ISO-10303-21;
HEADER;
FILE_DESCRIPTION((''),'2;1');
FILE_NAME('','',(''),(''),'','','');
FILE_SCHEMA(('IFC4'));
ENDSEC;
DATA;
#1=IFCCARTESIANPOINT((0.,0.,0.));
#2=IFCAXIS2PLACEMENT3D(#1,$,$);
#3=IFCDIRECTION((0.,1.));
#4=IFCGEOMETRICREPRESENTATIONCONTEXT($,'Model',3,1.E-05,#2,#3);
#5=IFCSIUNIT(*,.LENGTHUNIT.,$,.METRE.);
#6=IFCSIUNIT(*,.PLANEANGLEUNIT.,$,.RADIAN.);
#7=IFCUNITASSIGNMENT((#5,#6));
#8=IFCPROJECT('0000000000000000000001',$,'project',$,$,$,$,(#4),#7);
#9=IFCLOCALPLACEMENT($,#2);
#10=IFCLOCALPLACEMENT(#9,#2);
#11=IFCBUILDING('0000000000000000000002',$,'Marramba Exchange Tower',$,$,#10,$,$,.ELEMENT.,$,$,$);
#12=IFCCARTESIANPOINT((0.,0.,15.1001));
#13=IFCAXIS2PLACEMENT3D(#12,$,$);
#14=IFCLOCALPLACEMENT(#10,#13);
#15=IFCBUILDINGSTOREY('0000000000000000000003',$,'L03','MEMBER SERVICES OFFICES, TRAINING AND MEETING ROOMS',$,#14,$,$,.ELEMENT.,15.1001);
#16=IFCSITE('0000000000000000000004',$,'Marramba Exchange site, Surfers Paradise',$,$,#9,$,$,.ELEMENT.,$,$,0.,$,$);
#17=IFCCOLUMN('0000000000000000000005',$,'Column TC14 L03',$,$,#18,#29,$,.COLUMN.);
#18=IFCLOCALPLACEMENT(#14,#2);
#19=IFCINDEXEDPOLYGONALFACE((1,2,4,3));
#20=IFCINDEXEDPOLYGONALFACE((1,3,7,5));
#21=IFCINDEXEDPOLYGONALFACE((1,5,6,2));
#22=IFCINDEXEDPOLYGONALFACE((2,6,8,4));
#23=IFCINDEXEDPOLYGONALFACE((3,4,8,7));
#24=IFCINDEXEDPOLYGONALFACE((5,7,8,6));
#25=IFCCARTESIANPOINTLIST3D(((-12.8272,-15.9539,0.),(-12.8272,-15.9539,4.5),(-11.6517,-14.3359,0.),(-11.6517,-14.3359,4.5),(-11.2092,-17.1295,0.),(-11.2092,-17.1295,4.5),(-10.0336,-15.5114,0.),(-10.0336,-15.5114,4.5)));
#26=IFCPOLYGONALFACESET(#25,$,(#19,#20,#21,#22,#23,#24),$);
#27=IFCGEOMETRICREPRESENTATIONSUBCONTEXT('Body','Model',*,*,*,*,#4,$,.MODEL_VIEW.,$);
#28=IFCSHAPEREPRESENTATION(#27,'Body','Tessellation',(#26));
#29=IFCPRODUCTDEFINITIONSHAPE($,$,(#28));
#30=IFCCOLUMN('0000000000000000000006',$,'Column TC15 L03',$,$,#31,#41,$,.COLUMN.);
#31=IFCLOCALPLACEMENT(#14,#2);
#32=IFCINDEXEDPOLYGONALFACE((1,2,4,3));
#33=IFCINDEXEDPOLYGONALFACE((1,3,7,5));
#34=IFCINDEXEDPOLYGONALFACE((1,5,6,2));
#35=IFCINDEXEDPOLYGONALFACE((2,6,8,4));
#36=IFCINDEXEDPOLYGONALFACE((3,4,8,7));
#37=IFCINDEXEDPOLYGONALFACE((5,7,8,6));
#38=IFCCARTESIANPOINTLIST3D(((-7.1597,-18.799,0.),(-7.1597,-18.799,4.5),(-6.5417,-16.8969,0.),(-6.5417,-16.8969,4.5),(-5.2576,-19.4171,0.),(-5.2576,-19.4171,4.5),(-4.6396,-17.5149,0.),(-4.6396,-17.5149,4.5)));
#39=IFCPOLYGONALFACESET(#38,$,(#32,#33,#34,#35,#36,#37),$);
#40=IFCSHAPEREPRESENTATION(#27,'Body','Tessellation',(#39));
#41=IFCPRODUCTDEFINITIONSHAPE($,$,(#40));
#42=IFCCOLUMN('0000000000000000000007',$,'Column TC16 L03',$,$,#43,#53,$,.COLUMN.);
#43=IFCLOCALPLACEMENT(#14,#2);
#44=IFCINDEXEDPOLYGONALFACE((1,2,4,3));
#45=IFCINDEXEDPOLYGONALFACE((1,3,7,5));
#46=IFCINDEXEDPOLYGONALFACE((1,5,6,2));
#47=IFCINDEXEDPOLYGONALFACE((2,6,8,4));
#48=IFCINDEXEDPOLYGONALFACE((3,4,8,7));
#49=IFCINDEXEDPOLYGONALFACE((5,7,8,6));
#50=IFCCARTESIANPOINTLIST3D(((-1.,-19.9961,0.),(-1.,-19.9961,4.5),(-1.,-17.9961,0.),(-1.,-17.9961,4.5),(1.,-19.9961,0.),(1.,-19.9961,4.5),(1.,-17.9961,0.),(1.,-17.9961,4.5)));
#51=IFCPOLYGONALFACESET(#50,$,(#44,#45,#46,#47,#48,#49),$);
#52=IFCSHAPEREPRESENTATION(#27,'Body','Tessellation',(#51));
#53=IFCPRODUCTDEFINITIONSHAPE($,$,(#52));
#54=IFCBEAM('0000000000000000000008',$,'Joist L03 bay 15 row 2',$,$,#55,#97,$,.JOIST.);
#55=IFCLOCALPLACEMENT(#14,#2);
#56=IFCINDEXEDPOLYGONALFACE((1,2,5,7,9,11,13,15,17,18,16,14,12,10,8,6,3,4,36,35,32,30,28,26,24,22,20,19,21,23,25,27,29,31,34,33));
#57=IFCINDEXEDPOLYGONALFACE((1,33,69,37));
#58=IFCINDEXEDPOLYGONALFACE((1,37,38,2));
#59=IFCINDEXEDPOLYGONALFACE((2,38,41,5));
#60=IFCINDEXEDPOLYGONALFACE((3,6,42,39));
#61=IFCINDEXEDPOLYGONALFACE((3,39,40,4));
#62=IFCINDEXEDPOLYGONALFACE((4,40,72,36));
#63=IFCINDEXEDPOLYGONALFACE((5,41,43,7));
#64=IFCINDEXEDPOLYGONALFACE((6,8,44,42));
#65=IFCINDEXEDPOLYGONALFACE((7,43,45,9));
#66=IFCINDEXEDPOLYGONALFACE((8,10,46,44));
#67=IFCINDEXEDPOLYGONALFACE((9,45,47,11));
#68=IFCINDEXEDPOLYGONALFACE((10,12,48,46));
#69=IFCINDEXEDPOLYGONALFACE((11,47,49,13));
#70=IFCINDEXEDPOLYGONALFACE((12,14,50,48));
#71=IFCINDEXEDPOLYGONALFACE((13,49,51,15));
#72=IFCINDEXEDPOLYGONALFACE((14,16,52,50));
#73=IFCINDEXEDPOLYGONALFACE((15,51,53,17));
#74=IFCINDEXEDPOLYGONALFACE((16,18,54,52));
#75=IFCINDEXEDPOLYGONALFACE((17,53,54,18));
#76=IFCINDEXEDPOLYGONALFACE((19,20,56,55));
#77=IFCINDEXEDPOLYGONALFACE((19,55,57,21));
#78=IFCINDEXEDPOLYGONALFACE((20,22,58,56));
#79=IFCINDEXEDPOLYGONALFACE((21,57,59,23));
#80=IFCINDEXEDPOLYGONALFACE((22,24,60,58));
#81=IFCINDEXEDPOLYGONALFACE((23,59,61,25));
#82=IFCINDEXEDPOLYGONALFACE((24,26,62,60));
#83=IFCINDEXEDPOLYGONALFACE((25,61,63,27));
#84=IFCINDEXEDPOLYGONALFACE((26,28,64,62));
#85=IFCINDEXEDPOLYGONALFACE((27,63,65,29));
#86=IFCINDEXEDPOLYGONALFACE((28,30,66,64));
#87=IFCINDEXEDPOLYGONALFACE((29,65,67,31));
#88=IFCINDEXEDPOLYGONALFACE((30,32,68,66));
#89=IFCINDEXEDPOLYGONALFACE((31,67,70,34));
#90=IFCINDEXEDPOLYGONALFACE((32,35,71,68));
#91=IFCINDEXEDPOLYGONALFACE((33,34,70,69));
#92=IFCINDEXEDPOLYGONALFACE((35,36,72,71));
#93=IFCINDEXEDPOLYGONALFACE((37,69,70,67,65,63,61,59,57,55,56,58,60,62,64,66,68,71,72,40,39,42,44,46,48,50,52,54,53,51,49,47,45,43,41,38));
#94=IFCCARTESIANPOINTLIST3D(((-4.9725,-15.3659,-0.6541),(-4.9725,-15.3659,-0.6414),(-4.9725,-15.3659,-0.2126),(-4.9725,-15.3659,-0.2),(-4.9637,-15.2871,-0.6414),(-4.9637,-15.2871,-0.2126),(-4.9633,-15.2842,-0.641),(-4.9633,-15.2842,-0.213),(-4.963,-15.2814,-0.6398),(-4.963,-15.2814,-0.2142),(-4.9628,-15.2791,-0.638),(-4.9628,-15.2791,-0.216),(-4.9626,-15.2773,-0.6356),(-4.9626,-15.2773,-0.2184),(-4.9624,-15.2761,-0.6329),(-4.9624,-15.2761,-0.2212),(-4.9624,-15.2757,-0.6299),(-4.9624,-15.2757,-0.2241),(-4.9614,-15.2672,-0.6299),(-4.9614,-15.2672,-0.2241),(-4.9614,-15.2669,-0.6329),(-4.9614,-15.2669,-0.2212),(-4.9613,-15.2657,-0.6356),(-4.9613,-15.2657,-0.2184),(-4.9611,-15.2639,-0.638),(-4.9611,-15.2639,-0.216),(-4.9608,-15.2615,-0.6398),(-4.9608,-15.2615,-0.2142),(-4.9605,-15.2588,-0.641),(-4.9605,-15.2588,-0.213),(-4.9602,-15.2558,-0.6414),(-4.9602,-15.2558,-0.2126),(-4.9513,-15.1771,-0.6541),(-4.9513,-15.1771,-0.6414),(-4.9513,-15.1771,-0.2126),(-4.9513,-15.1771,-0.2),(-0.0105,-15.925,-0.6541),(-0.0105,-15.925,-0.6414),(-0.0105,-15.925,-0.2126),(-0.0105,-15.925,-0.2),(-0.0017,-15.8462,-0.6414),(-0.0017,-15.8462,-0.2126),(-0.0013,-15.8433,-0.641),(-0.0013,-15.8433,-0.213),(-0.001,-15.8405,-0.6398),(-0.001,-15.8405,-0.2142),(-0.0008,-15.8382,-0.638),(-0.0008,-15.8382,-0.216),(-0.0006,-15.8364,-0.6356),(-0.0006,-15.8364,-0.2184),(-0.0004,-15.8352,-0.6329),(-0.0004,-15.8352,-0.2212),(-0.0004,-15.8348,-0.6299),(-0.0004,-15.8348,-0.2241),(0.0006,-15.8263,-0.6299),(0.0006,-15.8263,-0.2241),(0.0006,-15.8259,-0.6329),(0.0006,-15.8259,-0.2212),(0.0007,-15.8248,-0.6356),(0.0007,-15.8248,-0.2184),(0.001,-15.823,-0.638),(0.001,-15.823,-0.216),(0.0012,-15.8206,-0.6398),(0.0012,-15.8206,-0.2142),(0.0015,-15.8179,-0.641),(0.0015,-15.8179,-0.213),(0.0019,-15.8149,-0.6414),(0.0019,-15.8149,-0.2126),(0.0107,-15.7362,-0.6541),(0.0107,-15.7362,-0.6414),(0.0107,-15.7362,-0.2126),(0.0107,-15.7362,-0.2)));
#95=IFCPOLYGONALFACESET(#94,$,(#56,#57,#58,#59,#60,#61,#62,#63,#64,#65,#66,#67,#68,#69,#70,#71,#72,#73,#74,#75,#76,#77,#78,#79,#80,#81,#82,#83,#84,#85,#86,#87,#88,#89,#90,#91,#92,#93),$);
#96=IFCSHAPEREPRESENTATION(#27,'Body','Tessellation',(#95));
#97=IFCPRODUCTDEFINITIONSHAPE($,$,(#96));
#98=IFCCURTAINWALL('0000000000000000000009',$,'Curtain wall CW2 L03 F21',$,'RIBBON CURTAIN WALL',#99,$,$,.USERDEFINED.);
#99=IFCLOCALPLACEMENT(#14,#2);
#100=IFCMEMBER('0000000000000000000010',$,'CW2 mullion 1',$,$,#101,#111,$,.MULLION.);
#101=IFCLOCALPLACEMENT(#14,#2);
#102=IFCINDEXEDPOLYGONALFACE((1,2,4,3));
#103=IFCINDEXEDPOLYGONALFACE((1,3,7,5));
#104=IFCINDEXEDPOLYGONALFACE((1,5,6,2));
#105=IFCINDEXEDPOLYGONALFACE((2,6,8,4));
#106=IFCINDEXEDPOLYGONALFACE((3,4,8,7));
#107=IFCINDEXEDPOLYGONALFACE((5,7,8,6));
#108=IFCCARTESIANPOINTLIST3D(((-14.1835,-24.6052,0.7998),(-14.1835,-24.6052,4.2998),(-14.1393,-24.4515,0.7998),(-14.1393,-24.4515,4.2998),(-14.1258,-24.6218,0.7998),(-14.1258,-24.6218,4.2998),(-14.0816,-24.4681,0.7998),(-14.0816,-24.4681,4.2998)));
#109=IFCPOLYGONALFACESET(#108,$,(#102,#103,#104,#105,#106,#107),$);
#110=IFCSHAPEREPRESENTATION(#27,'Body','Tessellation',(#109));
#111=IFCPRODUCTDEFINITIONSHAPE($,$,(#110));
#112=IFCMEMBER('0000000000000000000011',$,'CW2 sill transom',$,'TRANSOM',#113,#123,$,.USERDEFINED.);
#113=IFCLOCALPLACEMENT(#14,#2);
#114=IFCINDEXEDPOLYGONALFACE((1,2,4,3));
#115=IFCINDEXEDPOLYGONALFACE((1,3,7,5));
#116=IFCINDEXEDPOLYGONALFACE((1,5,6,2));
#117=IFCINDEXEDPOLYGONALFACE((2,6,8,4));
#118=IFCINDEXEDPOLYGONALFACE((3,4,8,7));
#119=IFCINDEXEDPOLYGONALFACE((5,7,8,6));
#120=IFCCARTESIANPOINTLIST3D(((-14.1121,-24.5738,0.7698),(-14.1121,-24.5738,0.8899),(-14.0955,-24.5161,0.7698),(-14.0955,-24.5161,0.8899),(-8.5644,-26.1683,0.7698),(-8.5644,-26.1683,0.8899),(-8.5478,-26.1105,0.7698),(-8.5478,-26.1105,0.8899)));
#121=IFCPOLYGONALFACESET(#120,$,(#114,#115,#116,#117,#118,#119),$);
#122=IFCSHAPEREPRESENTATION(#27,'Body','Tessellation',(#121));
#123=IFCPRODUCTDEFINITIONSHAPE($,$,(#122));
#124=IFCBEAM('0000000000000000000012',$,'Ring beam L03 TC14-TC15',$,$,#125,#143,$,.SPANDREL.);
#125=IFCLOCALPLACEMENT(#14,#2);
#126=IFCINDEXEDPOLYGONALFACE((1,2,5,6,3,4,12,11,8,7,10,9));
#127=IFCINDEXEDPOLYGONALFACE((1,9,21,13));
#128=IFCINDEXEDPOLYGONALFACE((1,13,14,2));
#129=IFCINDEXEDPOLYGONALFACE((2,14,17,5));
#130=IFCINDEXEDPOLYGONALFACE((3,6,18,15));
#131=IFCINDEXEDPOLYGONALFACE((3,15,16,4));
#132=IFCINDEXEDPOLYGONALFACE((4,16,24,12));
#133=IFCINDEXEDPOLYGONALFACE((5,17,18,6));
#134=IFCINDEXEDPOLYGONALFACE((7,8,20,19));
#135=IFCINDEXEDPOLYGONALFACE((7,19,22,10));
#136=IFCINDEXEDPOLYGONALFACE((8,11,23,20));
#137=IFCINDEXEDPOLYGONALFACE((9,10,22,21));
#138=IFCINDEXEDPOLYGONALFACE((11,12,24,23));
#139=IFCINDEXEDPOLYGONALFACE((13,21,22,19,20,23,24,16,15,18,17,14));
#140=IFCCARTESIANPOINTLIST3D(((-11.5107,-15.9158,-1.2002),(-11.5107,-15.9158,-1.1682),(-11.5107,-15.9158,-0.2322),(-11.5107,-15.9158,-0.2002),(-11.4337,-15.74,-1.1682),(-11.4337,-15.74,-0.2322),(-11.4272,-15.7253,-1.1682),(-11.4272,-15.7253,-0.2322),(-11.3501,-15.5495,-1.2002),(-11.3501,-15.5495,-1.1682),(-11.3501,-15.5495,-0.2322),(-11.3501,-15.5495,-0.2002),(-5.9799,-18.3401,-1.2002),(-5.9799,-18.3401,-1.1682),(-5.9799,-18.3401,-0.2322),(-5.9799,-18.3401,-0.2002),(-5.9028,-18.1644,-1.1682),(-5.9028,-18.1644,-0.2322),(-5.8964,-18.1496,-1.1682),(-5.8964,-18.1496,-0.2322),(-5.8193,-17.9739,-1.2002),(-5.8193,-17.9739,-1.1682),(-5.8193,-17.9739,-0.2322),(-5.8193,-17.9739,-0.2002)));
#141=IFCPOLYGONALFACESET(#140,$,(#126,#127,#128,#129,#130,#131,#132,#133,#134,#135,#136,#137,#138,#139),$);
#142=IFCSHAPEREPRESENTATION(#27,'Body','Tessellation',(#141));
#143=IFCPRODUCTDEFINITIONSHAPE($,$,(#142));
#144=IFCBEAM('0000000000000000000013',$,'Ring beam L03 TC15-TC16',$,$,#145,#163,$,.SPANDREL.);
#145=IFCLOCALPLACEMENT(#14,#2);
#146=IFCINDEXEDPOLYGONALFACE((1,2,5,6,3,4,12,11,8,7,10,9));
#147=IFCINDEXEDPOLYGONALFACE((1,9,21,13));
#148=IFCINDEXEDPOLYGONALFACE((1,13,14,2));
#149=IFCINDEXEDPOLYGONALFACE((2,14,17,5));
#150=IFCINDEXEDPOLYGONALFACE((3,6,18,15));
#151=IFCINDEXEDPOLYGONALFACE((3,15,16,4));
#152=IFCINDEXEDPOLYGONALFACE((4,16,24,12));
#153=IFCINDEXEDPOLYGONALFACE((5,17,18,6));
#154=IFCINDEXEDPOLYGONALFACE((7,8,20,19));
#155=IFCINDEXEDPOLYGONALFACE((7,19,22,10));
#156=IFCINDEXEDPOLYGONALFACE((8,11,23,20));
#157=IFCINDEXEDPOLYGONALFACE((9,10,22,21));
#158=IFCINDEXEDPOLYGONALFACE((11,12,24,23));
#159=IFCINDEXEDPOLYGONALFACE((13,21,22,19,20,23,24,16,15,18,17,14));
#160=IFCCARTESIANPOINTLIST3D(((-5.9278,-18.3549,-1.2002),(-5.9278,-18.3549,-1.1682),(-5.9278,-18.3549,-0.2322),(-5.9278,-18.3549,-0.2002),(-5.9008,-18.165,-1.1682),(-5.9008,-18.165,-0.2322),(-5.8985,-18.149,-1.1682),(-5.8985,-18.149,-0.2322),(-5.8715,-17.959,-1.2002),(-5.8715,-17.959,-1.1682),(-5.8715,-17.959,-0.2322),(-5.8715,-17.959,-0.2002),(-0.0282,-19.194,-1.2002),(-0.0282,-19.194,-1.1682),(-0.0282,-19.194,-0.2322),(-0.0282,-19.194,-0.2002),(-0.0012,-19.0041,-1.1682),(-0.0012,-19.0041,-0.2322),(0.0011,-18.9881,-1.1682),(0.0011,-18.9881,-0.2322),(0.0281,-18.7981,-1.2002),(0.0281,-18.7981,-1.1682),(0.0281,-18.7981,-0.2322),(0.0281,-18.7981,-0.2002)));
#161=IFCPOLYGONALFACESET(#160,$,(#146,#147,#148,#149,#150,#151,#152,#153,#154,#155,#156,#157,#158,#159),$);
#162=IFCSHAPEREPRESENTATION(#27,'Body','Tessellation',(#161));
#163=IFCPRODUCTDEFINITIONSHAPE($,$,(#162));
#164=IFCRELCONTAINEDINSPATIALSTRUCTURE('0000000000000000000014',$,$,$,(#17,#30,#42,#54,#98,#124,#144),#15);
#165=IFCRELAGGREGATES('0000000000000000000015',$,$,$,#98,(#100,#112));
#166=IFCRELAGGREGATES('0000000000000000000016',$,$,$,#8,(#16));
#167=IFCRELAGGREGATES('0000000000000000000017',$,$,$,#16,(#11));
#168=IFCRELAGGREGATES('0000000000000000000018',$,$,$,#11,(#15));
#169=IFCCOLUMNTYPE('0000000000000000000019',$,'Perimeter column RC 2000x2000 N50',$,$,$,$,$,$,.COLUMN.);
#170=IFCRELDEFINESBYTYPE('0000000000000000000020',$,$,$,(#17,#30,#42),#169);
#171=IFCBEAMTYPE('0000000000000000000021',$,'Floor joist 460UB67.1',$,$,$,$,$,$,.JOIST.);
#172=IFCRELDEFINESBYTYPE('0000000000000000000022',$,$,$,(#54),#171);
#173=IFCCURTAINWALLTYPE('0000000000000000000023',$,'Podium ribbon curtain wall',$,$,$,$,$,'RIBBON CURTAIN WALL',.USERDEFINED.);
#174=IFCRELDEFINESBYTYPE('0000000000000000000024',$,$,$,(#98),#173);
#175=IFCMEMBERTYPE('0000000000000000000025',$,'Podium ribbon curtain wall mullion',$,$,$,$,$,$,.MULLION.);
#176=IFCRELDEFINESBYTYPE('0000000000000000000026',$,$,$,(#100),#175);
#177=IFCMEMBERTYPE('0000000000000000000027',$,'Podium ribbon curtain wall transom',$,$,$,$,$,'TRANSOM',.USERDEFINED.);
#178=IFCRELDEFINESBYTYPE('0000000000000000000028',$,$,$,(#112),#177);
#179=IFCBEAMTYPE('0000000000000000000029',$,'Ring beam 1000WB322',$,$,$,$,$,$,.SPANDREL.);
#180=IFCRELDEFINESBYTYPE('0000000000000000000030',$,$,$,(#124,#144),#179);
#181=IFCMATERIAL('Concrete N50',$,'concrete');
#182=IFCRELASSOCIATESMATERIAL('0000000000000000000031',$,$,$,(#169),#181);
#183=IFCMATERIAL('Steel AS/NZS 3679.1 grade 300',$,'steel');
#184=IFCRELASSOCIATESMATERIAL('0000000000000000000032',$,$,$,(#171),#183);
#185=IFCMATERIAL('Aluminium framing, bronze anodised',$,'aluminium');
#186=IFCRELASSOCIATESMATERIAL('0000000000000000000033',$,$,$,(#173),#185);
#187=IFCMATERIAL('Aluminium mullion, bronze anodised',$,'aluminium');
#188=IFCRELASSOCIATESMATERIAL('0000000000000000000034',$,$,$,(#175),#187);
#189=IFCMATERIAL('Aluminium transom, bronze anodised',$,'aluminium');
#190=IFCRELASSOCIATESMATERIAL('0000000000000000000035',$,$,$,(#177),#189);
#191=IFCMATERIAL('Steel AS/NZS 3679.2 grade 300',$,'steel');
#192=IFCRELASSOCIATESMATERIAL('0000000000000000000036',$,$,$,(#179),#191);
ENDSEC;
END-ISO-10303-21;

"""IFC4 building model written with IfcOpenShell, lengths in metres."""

from ifc_helpers import new_model, si_unit, direction, frame, origin, origin_2d, place, context, subcontext, project, spatial, rectangle, i_section, extrude, material, material_profile, profile_set, type_object, element, aggregate, save


model = new_model("IFC4")

# Units and contexts
model_context = context("Model", 3, precision=1e-05, world=origin(), true_north=direction((0.0, 1.0)))
body_context = subcontext(model_context, "Body", "Model", "MODEL_VIEW")
ifc_project = project(units=[si_unit("LENGTHUNIT", "METRE"), si_unit("PLANEANGLEUNIT", "RADIAN")], contexts=[model_context])

# Site, building, storey
site_placement = place(None, origin())
site = spatial("IfcSite", under=ifc_project, at=site_placement, Name="Marramba Exchange site, Surfers Paradise", CompositionType="ELEMENT", RefElevation=0.0)
building_placement = place(site_placement, origin())
building = spatial("IfcBuilding", under=site, at=building_placement, Name="Marramba Exchange Tower", CompositionType="ELEMENT")
storey_placement = place(building_placement, frame((0.0, 0.0, 15.1001)))
storey = spatial("IfcBuildingStorey", under=building, at=storey_placement, Name="L03", Description="MEMBER SERVICES OFFICES, TRAINING AND MEETING ROOMS", CompositionType="ELEMENT", Elevation=15.1001)

# Columns
ifc_material_1 = material(Name="Concrete N50", Category="concrete")
ifc_material_profile_1 = material_profile(ifc_material_1, rectangle(XDim=2.0, YDim=2.0, at=origin_2d()), Name="RC 2000x2000")
ifc_profile_set_1 = profile_set([ifc_material_profile_1], Name="Concrete N50")
column_type = type_object("IfcColumnType", Name="Perimeter column RC 2000x2000 N50", PredefinedType="COLUMN", material=ifc_profile_set_1)
for number, where, z_axis, x_axis, name in (
    (1, (-11.4304, -15.7327, 0.0), (0.0, 0.0, 1.0), (-0.587785, -0.809017, 0.0), "Column TC14 L03"),
    (2, (-5.8997, -18.157, 0.0), (0.0, 0.0, 1.0), (-0.309017, -0.951057, 0.0), "Column TC15 L03"),
    (3, (0.0, -18.9961, 0.0), (0.0, 0.0, 1.0), (0.0, -1.0, 0.0), "Column TC16 L03"),
):
    element("IfcColumn", number, at=place(storey_placement, frame(where, z_axis=z_axis, x_axis=x_axis)), inside=storey, type_object=column_type, Name=name, PredefinedType="COLUMN", context=body_context, shape_type="SweptSolid", body=[
        extrude(rectangle(XDim=2.0, YDim=2.0, at=origin_2d()), origin(), (0.0, 0.0, 1.0), 4.5),
    ])

# Beam
ifc_material_2 = material(Name="Steel AS/NZS 3679.1 grade 300", Category="steel")
ifc_material_profile_2 = material_profile(ifc_material_2, i_section(OverallWidth=0.1899, OverallDepth=0.4541, WebThickness=0.0085, FlangeThickness=0.0127, FilletRadius=0.0115, at=origin_2d()), Name="460UB67.1")
ifc_profile_set_2 = profile_set([ifc_material_profile_2], Name="Steel AS/NZS 3679.1 grade 300")
beam_type_1 = type_object("IfcBeamType", Name="Floor joist 460UB67.1", PredefinedType="JOIST", material=ifc_profile_set_2)
beam_1_placement = place(storey_placement, frame((-4.9619, -15.2715, -0.427), z_axis=(0.993712, -0.111966, 0.0), x_axis=(0.111966, 0.993712, 0.0)))
element("IfcBeam", 4, at=beam_1_placement, inside=storey, type_object=beam_type_1, Name="Joist L03 bay 15 row 2", PredefinedType="JOIST", context=body_context, shape_type="SweptSolid", body=[
    extrude(i_section(OverallWidth=0.1899, OverallDepth=0.4541, WebThickness=0.0085, FlangeThickness=0.0127, FilletRadius=0.0115, at=origin_2d()), origin(), (0.0, 0.0, 1.0), 4.9934),
])

# Curtain wall, members
ifc_material_3 = material(Name="Aluminium framing, bronze anodised", Category="aluminium")
curtain_wall_type = type_object("IfcCurtainWallType", Name="Podium ribbon curtain wall", ElementType="RIBBON CURTAIN WALL", PredefinedType="USERDEFINED", material=ifc_material_3)
curtain_wall_placement = place(storey_placement, origin())
curtain_wall = element("IfcCurtainWall", 5, at=curtain_wall_placement, inside=storey, type_object=curtain_wall_type, Name="Curtain wall CW2 L03 F21", ObjectType="RIBBON CURTAIN WALL", PredefinedType="USERDEFINED")
ifc_material_4 = material(Name="Aluminium mullion, bronze anodised", Category="aluminium")
ifc_material_profile_3 = material_profile(ifc_material_4, rectangle(XDim=0.1599, YDim=0.0601, at=origin_2d()), Name="CW2 mullion 60x160")
ifc_profile_set_3 = profile_set([ifc_material_profile_3], Name="Aluminium mullion, bronze anodised")
member_type_1 = type_object("IfcMemberType", Name="Podium ribbon curtain wall mullion", PredefinedType="MULLION", material=ifc_profile_set_3)
member_1_placement = place(storey_placement, frame((-14.1326, -24.5366, 0.7998), z_axis=(0.0, 0.0, 1.0), x_axis=(0.276243, 0.961088, 0.0)))
member_1 = element("IfcMember", 6, at=member_1_placement, type_object=member_type_1, Name="CW2 mullion 1", PredefinedType="MULLION", context=body_context, shape_type="SweptSolid", body=[
    extrude(rectangle(XDim=0.1599, YDim=0.0601, at=origin_2d()), origin(), (0.0, 0.0, 1.0), 3.5),
])
ifc_material_5 = material(Name="Aluminium transom, bronze anodised", Category="aluminium")
ifc_material_profile_4 = material_profile(ifc_material_5, rectangle(XDim=0.0601, YDim=0.1201, at=origin_2d()), Name="CW2 transom 60x120")
ifc_profile_set_4 = profile_set([ifc_material_profile_4], Name="Aluminium transom, bronze anodised")
member_type_2 = type_object("IfcMemberType", Name="Podium ribbon curtain wall transom", ElementType="TRANSOM", PredefinedType="USERDEFINED", material=ifc_profile_set_4)
member_2_placement = place(storey_placement, frame((-14.1038, -24.5449, 0.8298), z_axis=(0.96109, -0.276235, 0.0), x_axis=(0.276235, 0.96109, 0.0)))
member_2 = element("IfcMember", 7, at=member_2_placement, type_object=member_type_2, Name="CW2 sill transom", ObjectType="TRANSOM", PredefinedType="USERDEFINED", context=body_context, shape_type="SweptSolid", body=[
    extrude(rectangle(XDim=0.0601, YDim=0.1201, at=origin_2d()), origin(), (0.0, 0.0, 1.0), 5.7722),
])
aggregate(curtain_wall, [member_1, member_2])

# Beams
ifc_material_6 = material(Name="Steel AS/NZS 3679.2 grade 300", Category="steel")
ifc_material_profile_5 = material_profile(ifc_material_6, i_section(OverallWidth=0.3999, OverallDepth=1.0, WebThickness=0.0161, FlangeThickness=0.032, at=origin_2d()), Name="1000WB322")
ifc_profile_set_5 = profile_set([ifc_material_profile_5], Name="Steel AS/NZS 3679.2 grade 300")
beam_type_2 = type_object("IfcBeamType", Name="Ring beam 1000WB322", PredefinedType="SPANDREL", material=ifc_profile_set_5)
beam_2_placement = place(storey_placement, frame((-11.4304, -15.7327, -0.7002), z_axis=(0.915877, -0.401459, 0.0), x_axis=(0.401459, 0.915877, 0.0)))
element("IfcBeam", 8, at=beam_2_placement, inside=storey, type_object=beam_type_2, Name="Ring beam L03 TC14-TC15", PredefinedType="SPANDREL", context=body_context, shape_type="SweptSolid", body=[
    extrude(i_section(OverallWidth=0.3999, OverallDepth=1.0, WebThickness=0.0161, FlangeThickness=0.032, at=origin_2d()), origin(), (0.0, 0.0, 1.0), 6.0388),
])
beam_3_placement = place(storey_placement, frame((-5.8997, -18.157, -0.7002), z_axis=(0.990036, -0.140813, 0.0), x_axis=(0.140813, 0.990036, 0.0)))
element("IfcBeam", 9, at=beam_3_placement, inside=storey, type_object=beam_type_2, Name="Ring beam L03 TC15-TC16", PredefinedType="SPANDREL", context=body_context, shape_type="SweptSolid", body=[
    extrude(i_section(OverallWidth=0.3999, OverallDepth=1.0, WebThickness=0.0161, FlangeThickness=0.032, at=origin_2d()), origin(), (0.0, 0.0, 1.0), 5.959),
])

save(model, "model.ifc")
